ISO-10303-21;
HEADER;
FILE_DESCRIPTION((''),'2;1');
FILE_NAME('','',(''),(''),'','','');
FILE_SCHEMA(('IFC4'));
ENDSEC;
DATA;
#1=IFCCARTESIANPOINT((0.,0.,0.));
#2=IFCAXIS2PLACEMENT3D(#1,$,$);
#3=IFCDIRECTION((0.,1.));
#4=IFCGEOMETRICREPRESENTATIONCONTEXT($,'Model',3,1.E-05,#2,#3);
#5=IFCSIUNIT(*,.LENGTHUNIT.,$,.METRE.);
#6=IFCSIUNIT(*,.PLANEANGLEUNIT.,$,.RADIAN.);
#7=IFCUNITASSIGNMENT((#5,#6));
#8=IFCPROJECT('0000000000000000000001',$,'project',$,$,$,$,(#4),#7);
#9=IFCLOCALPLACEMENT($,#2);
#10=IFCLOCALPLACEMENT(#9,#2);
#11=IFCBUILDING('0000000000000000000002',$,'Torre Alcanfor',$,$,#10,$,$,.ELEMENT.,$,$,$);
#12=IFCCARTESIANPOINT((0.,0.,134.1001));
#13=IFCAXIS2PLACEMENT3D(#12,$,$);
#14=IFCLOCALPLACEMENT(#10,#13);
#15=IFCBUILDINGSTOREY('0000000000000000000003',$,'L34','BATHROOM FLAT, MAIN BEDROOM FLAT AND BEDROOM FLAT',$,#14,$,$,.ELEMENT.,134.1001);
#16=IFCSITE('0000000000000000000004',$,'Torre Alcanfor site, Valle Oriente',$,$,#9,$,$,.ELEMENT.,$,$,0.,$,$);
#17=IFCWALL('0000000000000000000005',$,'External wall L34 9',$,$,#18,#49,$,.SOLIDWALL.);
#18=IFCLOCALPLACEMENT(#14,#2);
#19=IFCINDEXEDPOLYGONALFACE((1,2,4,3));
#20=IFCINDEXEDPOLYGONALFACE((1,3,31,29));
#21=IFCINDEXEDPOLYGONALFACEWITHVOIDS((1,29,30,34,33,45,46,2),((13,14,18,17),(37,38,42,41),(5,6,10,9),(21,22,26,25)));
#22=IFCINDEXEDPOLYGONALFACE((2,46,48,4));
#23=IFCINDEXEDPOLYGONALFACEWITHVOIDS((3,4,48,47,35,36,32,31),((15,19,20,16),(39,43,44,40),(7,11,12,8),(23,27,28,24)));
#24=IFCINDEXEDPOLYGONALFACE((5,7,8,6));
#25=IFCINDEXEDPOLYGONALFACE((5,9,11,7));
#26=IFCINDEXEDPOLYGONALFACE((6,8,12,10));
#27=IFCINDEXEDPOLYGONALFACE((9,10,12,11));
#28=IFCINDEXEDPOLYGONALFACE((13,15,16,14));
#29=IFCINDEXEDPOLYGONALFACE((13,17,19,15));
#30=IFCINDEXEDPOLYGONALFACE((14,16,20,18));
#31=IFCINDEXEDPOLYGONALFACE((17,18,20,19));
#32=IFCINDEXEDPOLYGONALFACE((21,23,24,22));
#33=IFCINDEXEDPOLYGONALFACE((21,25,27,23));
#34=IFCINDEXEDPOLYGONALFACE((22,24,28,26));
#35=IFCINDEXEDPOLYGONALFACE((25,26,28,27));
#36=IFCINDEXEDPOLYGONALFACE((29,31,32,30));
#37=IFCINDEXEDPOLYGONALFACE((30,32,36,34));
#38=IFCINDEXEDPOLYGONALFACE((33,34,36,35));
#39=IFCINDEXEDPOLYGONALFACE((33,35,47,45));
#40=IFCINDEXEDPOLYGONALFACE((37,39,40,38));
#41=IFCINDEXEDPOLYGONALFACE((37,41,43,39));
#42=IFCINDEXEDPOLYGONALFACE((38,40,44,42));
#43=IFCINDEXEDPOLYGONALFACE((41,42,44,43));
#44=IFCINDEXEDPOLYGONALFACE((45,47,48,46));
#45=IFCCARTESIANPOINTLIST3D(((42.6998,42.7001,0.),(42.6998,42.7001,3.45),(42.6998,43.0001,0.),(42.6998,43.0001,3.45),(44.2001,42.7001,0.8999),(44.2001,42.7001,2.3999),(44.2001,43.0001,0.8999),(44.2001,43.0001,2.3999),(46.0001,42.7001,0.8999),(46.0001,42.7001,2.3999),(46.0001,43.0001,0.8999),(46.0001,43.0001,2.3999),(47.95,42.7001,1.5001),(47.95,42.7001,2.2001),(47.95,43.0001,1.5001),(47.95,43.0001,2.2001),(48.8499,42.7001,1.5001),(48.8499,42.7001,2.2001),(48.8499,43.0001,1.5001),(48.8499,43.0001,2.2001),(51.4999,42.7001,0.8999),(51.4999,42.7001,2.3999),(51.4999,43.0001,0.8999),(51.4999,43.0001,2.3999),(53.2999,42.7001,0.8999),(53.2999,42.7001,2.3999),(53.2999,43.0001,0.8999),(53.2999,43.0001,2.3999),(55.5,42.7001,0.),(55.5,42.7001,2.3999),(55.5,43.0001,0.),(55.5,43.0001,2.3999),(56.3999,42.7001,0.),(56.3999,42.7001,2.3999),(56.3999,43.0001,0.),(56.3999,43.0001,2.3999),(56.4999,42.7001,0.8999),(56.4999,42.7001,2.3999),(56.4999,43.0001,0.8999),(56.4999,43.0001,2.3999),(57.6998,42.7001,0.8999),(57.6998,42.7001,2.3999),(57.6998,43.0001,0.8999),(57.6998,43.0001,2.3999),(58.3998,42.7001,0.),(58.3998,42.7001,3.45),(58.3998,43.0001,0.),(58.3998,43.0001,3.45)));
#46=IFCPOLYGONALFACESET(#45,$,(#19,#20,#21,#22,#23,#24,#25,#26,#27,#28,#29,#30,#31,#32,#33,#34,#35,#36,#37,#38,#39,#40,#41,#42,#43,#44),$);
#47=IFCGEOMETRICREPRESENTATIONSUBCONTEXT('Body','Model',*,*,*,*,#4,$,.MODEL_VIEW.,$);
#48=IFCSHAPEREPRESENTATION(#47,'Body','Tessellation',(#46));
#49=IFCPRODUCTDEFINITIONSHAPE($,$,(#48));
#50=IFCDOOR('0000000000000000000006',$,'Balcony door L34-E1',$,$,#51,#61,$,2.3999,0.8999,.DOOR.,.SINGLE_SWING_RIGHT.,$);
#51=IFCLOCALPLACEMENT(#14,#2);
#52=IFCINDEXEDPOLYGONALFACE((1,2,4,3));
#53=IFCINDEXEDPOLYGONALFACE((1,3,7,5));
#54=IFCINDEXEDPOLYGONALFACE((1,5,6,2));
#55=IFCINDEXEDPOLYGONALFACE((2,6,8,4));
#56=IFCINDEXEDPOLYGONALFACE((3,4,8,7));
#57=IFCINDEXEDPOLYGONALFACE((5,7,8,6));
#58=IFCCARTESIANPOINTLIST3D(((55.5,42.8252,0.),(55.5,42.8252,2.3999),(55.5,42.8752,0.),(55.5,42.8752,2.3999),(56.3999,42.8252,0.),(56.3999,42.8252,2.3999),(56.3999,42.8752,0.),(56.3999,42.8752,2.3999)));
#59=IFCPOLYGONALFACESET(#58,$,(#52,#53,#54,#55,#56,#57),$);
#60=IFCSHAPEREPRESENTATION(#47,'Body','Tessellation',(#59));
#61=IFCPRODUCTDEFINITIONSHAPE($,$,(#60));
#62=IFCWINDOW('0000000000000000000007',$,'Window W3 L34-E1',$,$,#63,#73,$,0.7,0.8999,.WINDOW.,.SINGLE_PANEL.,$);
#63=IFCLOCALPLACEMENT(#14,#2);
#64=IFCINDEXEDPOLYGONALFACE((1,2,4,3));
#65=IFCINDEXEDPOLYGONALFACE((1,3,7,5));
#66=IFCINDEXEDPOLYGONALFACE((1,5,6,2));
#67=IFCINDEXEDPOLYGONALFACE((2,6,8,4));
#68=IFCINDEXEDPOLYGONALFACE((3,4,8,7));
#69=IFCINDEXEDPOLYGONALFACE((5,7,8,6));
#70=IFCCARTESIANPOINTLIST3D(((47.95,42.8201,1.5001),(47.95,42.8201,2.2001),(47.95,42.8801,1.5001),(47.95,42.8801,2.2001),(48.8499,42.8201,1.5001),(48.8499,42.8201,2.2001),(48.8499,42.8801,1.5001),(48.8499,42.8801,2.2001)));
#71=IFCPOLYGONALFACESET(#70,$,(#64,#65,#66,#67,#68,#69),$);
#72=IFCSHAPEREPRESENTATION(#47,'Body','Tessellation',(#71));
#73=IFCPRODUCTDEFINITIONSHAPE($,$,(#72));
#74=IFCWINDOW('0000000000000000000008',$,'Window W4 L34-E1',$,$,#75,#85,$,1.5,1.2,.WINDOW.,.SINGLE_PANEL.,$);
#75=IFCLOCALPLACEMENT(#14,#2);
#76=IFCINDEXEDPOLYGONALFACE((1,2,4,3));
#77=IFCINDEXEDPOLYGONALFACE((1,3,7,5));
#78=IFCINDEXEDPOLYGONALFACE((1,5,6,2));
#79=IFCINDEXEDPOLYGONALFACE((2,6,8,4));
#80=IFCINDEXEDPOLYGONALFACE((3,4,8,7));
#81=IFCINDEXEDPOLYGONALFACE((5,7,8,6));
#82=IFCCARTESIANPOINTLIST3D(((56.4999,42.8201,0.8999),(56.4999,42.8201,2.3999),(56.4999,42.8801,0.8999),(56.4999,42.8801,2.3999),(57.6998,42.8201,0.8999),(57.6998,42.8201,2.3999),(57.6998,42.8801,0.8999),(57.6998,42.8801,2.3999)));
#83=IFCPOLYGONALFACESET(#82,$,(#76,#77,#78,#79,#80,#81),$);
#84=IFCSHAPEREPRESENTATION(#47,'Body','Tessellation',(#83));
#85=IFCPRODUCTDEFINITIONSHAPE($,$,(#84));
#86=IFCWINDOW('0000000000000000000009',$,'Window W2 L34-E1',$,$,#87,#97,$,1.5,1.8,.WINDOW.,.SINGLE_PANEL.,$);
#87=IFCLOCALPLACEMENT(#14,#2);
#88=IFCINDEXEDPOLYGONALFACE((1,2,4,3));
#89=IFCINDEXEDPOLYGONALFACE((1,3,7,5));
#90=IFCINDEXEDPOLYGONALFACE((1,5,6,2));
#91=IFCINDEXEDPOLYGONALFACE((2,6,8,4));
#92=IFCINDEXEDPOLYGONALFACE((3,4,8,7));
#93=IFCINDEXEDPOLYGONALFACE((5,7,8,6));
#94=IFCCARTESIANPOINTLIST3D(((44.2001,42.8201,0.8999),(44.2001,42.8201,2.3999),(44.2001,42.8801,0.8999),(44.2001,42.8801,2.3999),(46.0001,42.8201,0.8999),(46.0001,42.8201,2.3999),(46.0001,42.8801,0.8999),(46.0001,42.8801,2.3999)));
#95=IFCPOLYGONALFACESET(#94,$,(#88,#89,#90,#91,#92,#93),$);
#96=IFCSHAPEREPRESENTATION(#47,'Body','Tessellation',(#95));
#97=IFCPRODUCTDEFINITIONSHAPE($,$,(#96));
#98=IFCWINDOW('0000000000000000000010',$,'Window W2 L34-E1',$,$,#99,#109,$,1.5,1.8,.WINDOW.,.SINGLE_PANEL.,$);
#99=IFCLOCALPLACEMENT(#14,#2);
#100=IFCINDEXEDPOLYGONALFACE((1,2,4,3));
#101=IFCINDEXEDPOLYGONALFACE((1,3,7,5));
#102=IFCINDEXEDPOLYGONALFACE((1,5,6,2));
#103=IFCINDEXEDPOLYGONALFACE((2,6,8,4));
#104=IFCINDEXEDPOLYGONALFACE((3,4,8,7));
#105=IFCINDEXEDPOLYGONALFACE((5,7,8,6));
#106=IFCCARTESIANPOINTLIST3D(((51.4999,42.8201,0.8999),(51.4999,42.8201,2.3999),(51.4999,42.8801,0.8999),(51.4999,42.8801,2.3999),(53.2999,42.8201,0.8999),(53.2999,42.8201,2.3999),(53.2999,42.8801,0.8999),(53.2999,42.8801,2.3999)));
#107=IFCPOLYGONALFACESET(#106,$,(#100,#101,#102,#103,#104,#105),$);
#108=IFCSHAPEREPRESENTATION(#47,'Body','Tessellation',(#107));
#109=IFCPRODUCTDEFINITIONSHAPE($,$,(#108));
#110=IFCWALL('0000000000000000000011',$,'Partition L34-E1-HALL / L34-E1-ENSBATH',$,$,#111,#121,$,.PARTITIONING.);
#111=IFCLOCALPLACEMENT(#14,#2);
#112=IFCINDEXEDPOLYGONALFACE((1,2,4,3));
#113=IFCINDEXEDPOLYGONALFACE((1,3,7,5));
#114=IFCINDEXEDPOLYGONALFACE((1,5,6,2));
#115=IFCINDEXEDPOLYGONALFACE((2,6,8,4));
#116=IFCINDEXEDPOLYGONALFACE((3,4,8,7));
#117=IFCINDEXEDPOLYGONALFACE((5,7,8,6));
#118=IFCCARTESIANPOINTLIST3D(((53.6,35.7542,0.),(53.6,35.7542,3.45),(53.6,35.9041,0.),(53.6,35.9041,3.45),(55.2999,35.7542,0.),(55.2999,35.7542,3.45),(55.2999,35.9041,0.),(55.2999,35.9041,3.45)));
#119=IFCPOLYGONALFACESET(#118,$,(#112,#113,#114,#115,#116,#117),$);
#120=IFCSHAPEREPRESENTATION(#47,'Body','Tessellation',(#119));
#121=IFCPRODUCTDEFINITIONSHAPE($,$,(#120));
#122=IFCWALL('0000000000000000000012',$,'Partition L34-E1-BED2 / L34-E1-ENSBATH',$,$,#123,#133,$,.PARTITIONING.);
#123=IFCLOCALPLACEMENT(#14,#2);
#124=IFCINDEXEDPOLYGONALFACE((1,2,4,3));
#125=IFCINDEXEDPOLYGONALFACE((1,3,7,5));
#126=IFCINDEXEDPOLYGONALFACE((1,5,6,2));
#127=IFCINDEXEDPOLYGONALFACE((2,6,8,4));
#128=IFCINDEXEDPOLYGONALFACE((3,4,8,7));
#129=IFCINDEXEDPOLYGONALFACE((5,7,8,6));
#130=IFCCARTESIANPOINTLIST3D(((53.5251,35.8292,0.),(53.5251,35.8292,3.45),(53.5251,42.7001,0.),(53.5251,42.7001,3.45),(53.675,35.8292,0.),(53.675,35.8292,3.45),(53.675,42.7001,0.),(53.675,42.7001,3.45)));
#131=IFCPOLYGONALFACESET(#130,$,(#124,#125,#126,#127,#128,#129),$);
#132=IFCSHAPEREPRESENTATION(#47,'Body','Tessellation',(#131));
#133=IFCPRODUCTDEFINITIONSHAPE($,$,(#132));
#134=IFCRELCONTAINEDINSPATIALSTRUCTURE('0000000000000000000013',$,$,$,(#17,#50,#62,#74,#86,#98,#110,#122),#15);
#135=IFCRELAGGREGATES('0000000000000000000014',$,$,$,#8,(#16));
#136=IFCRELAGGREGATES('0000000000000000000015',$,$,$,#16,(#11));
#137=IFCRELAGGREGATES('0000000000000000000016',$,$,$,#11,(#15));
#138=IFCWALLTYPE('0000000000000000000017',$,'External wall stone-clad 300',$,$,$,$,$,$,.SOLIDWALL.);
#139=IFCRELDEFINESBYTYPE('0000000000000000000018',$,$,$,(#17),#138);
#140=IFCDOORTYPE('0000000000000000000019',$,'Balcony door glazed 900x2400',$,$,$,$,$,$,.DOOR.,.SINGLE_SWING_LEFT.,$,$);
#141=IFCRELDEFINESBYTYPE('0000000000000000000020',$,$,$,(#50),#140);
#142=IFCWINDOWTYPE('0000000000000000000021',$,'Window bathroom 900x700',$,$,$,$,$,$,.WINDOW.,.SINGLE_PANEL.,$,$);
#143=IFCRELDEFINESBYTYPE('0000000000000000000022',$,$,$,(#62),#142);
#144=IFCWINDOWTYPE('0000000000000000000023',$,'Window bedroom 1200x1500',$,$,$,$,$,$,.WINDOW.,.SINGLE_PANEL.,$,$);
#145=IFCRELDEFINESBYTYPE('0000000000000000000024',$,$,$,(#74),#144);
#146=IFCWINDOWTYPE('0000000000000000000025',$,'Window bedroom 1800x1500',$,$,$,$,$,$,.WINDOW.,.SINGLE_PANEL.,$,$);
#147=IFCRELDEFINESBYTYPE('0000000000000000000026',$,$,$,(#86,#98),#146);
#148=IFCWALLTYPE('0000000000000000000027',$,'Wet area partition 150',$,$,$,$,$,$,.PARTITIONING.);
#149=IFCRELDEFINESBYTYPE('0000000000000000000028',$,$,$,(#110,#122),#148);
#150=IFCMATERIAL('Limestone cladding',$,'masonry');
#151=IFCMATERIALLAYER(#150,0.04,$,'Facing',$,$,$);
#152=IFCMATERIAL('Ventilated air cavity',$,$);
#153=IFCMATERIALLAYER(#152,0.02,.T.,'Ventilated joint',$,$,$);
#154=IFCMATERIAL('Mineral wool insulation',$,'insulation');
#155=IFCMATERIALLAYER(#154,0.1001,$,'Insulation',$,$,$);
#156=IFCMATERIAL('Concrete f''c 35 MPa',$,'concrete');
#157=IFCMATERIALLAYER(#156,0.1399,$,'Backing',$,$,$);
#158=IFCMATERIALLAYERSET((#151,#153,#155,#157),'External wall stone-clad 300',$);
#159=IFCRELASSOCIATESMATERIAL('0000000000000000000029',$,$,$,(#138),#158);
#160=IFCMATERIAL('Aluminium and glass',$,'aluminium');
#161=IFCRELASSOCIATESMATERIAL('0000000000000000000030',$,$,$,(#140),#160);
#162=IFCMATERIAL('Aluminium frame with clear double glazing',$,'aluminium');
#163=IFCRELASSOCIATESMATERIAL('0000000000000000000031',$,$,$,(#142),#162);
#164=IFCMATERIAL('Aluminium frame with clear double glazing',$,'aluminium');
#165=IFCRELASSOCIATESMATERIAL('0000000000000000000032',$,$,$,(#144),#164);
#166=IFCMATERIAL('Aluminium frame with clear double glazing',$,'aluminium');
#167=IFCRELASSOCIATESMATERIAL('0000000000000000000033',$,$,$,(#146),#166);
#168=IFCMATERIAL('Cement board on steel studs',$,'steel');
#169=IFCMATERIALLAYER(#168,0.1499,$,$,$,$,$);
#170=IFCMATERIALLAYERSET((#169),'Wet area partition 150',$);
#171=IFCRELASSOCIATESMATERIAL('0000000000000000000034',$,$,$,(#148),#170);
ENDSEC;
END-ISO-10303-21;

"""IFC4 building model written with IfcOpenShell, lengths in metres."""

from ifc_helpers import new_model, si_unit, direction, frame, frame_2d, origin, place, context, subcontext, project, spatial, rectangle, extrude, material, layer, layer_set, type_object, element, fill, save


model = new_model("IFC4")

# Units and contexts
model_context = context("Model", 3, precision=1e-05, world=origin(), true_north=direction((0.0, 1.0)))
body_context = subcontext(model_context, "Body", "Model", "MODEL_VIEW")
ifc_project = project(units=[si_unit("LENGTHUNIT", "METRE"), si_unit("PLANEANGLEUNIT", "RADIAN")], contexts=[model_context])

# Site, building, storey
site_placement = place(None, origin())
site = spatial("IfcSite", under=ifc_project, at=site_placement, Name="Torre Alcanfor site, Valle Oriente", CompositionType="ELEMENT", RefElevation=0.0)
building_placement = place(site_placement, origin())
building = spatial("IfcBuilding", under=site, at=building_placement, Name="Torre Alcanfor", CompositionType="ELEMENT")
storey_placement = place(building_placement, frame((0.0, 0.0, 134.1001)))
storey = spatial("IfcBuildingStorey", under=building, at=storey_placement, Name="L34", Description="BATHROOM FLAT, MAIN BEDROOM FLAT AND BEDROOM FLAT", CompositionType="ELEMENT", Elevation=134.1001)

# Wall, openings, door, windows
ifc_material_1 = material(Name="Limestone cladding", Category="masonry")
ifc_layer_1 = layer(ifc_material_1, 0.04, Name="Facing")
ifc_material_2 = material(Name="Ventilated air cavity")
ifc_layer_2 = layer(ifc_material_2, 0.02, ventilated=True, Name="Ventilated joint")
ifc_material_3 = material(Name="Mineral wool insulation", Category="insulation")
ifc_layer_3 = layer(ifc_material_3, 0.1001, Name="Insulation")
ifc_material_4 = material(Name="Concrete f'c 35 MPa", Category="concrete")
ifc_layer_4 = layer(ifc_material_4, 0.1399, Name="Backing")
ifc_layer_set_1 = layer_set([ifc_layer_1, ifc_layer_2, ifc_layer_3, ifc_layer_4], Name="External wall stone-clad 300")
wall_type_1 = type_object("IfcWallType", Name="External wall stone-clad 300", PredefinedType="SOLIDWALL", material=ifc_layer_set_1)
wall_1_placement = place(storey_placement, frame((58.3999, 42.8501, 0.0), z_axis=(0.0, 0.0, 1.0), x_axis=(-1.0, 0.0, 0.0)))
wall_1 = element("IfcWall", 1, at=wall_1_placement, inside=storey, type_object=wall_type_1, Name="External wall L34 9", PredefinedType="SOLIDWALL", context=body_context, shape_type="SweptSolid", body=[
    extrude(rectangle(XDim=15.7, YDim=0.3, at=frame_2d((7.8501, 0.0))), origin(), (0.0, 0.0, 1.0), 3.45),
])
opening_1_placement = place(wall_1_placement, frame((12.3999, 0.0, 0.8999)))
opening_1 = element("IfcOpeningElement", 2, at=opening_1_placement, cuts=wall_1, PredefinedType="OPENING", context=body_context, shape_type="SweptSolid", body=[
    extrude(rectangle(XDim=1.8, YDim=1.5, at=frame_2d((0.8999, 0.75))), frame((0.0, 0.1599, 0.0), z_axis=(0.0, -1.0, 0.0), x_axis=(1.0, 0.0, 0.0)), (0.0, 0.0, 1.0), 0.3201),
])
opening_2_placement = place(wall_1_placement, frame((9.55, 0.0, 1.5)))
opening_2 = element("IfcOpeningElement", 3, at=opening_2_placement, cuts=wall_1, PredefinedType="OPENING", context=body_context, shape_type="SweptSolid", body=[
    extrude(rectangle(XDim=0.8999, YDim=0.7, at=frame_2d((0.45, 0.3501))), frame((0.0, 0.1599, 0.0), z_axis=(0.0, -1.0, 0.0), x_axis=(1.0, 0.0, 0.0)), (0.0, 0.0, 1.0), 0.3201),
])
opening_3_placement = place(wall_1_placement, frame((5.1001, 0.0, 0.8999)))
opening_3 = element("IfcOpeningElement", 4, at=opening_3_placement, cuts=wall_1, PredefinedType="OPENING", context=body_context, shape_type="SweptSolid", body=[
    extrude(rectangle(XDim=1.8, YDim=1.5, at=frame_2d((0.8999, 0.75))), frame((0.0, 0.1599, 0.0), z_axis=(0.0, -1.0, 0.0), x_axis=(1.0, 0.0, 0.0)), (0.0, 0.0, 1.0), 0.3201),
])
opening_4_placement = place(wall_1_placement, frame((2.0, 0.0, 0.0)))
opening_4 = element("IfcOpeningElement", 5, at=opening_4_placement, cuts=wall_1, PredefinedType="OPENING", context=body_context, shape_type="SweptSolid", body=[
    extrude(rectangle(XDim=0.8999, YDim=2.3999, at=frame_2d((0.45, 1.2))), frame((0.0, 0.1599, 0.0), z_axis=(0.0, -1.0, 0.0), x_axis=(1.0, 0.0, 0.0)), (0.0, 0.0, 1.0), 0.3201),
])
opening_5_placement = place(wall_1_placement, frame((0.7, 0.0, 0.8999)))
opening_5 = element("IfcOpeningElement", 6, at=opening_5_placement, cuts=wall_1, PredefinedType="OPENING", context=body_context, shape_type="SweptSolid", body=[
    extrude(rectangle(XDim=1.2, YDim=1.5, at=frame_2d((0.6001, 0.75))), frame((0.0, 0.1599, 0.0), z_axis=(0.0, -1.0, 0.0), x_axis=(1.0, 0.0, 0.0)), (0.0, 0.0, 1.0), 0.3201),
])
ifc_material_5 = material(Name="Aluminium and glass", Category="aluminium")
door_type_1 = type_object("IfcDoorType", Name="Balcony door glazed 900x2400", OperationType="SINGLE_SWING_LEFT", PredefinedType="DOOR", material=ifc_material_5)
door_1_placement = place(opening_4_placement, origin())
door_1 = element("IfcDoor", 7, at=door_1_placement, inside=storey, type_object=door_type_1, Name="Balcony door L34-E1", OperationType="SINGLE_SWING_RIGHT", OverallHeight=2.3999, OverallWidth=0.8999, PredefinedType="DOOR", context=body_context, shape_type="SweptSolid", body=[
    extrude(rectangle(XDim=0.8999, YDim=2.3999, at=frame_2d((0.45, 1.2))), frame((0.0, 0.0249, 0.0), z_axis=(0.0, -1.0, 0.0), x_axis=(1.0, 0.0, 0.0)), (0.0, 0.0, 1.0), 0.05),
])
fill(opening_4, door_1)
ifc_material_6 = material(Name="Aluminium frame with clear double glazing", Category="aluminium")
window_type_1 = type_object("IfcWindowType", Name="Window bathroom 900x700", PartitioningType="SINGLE_PANEL", PredefinedType="WINDOW", material=ifc_material_6)
window_1_placement = place(opening_2_placement, origin())
window_1 = element("IfcWindow", 8, at=window_1_placement, inside=storey, type_object=window_type_1, Name="Window W3 L34-E1", OverallHeight=0.7, OverallWidth=0.8999, PartitioningType="SINGLE_PANEL", PredefinedType="WINDOW", context=body_context, shape_type="SweptSolid", body=[
    extrude(rectangle(XDim=0.8999, YDim=0.7, at=frame_2d((0.45, 0.3501))), frame((0.0, 0.03, 0.0), z_axis=(0.0, -1.0, 0.0), x_axis=(1.0, 0.0, 0.0)), (0.0, 0.0, 1.0), 0.0601),
])
fill(opening_2, window_1)
ifc_material_7 = material(Name="Aluminium frame with clear double glazing", Category="aluminium")
window_type_2 = type_object("IfcWindowType", Name="Window bedroom 1200x1500", PartitioningType="SINGLE_PANEL", PredefinedType="WINDOW", material=ifc_material_7)
window_2_placement = place(opening_5_placement, origin())
window_2 = element("IfcWindow", 9, at=window_2_placement, inside=storey, type_object=window_type_2, Name="Window W4 L34-E1", OverallHeight=1.5, OverallWidth=1.2, PartitioningType="SINGLE_PANEL", PredefinedType="WINDOW", context=body_context, shape_type="SweptSolid", body=[
    extrude(rectangle(XDim=1.2, YDim=1.5, at=frame_2d((0.6001, 0.75))), frame((0.0, 0.03, 0.0), z_axis=(0.0, -1.0, 0.0), x_axis=(1.0, 0.0, 0.0)), (0.0, 0.0, 1.0), 0.0601),
])
fill(opening_5, window_2)
ifc_material_8 = material(Name="Aluminium frame with clear double glazing", Category="aluminium")
window_type_3 = type_object("IfcWindowType", Name="Window bedroom 1800x1500", PartitioningType="SINGLE_PANEL", PredefinedType="WINDOW", material=ifc_material_8)
window_3_placement = place(opening_1_placement, origin())
window_3 = element("IfcWindow", 10, at=window_3_placement, inside=storey, type_object=window_type_3, Name="Window W2 L34-E1", OverallHeight=1.5, OverallWidth=1.8, PartitioningType="SINGLE_PANEL", PredefinedType="WINDOW", context=body_context, shape_type="SweptSolid", body=[
    extrude(rectangle(XDim=1.8, YDim=1.5, at=frame_2d((0.8999, 0.75))), frame((0.0, 0.03, 0.0), z_axis=(0.0, -1.0, 0.0), x_axis=(1.0, 0.0, 0.0)), (0.0, 0.0, 1.0), 0.0601),
])
fill(opening_1, window_3)
window_4_placement = place(opening_3_placement, origin())
window_4 = element("IfcWindow", 11, at=window_4_placement, inside=storey, type_object=window_type_3, Name="Window W2 L34-E1", OverallHeight=1.5, OverallWidth=1.8, PartitioningType="SINGLE_PANEL", PredefinedType="WINDOW", context=body_context, shape_type="SweptSolid", body=[
    extrude(rectangle(XDim=1.8, YDim=1.5, at=frame_2d((0.8999, 0.75))), frame((0.0, 0.03, 0.0), z_axis=(0.0, -1.0, 0.0), x_axis=(1.0, 0.0, 0.0)), (0.0, 0.0, 1.0), 0.0601),
])
fill(opening_3, window_4)

# Walls
ifc_material_9 = material(Name="Cement board on steel studs", Category="steel")
ifc_layer_5 = layer(ifc_material_9, 0.1499)
ifc_layer_set_2 = layer_set([ifc_layer_5], Name="Wet area partition 150")
wall_type_2 = type_object("IfcWallType", Name="Wet area partition 150", PredefinedType="PARTITIONING", material=ifc_layer_set_2)
wall_2_placement = place(storey_placement, frame((55.3, 35.8291, 0.0), z_axis=(0.0, 0.0, 1.0), x_axis=(-1.0, 0.0, 0.0)))
element("IfcWall", 12, at=wall_2_placement, inside=storey, type_object=wall_type_2, Name="Partition L34-E1-HALL / L34-E1-ENSBATH", PredefinedType="PARTITIONING", context=body_context, shape_type="SweptSolid", body=[
    extrude(rectangle(XDim=1.7, YDim=0.1499, at=frame_2d((0.8501, 0.0))), origin(), (0.0, 0.0, 1.0), 3.45),
])
wall_3_placement = place(storey_placement, frame((53.6001, 35.8291, 0.0), z_axis=(0.0, 0.0, 1.0), x_axis=(0.0, 1.0, 0.0)))
element("IfcWall", 13, at=wall_3_placement, inside=storey, type_object=wall_type_2, Name="Partition L34-E1-BED2 / L34-E1-ENSBATH", PredefinedType="PARTITIONING", context=body_context, shape_type="SweptSolid", body=[
    extrude(rectangle(XDim=6.8708, YDim=0.1499, at=frame_2d((3.4355, 0.0))), origin(), (0.0, 0.0, 1.0), 3.45),
])

save(model, "model.ifc")
